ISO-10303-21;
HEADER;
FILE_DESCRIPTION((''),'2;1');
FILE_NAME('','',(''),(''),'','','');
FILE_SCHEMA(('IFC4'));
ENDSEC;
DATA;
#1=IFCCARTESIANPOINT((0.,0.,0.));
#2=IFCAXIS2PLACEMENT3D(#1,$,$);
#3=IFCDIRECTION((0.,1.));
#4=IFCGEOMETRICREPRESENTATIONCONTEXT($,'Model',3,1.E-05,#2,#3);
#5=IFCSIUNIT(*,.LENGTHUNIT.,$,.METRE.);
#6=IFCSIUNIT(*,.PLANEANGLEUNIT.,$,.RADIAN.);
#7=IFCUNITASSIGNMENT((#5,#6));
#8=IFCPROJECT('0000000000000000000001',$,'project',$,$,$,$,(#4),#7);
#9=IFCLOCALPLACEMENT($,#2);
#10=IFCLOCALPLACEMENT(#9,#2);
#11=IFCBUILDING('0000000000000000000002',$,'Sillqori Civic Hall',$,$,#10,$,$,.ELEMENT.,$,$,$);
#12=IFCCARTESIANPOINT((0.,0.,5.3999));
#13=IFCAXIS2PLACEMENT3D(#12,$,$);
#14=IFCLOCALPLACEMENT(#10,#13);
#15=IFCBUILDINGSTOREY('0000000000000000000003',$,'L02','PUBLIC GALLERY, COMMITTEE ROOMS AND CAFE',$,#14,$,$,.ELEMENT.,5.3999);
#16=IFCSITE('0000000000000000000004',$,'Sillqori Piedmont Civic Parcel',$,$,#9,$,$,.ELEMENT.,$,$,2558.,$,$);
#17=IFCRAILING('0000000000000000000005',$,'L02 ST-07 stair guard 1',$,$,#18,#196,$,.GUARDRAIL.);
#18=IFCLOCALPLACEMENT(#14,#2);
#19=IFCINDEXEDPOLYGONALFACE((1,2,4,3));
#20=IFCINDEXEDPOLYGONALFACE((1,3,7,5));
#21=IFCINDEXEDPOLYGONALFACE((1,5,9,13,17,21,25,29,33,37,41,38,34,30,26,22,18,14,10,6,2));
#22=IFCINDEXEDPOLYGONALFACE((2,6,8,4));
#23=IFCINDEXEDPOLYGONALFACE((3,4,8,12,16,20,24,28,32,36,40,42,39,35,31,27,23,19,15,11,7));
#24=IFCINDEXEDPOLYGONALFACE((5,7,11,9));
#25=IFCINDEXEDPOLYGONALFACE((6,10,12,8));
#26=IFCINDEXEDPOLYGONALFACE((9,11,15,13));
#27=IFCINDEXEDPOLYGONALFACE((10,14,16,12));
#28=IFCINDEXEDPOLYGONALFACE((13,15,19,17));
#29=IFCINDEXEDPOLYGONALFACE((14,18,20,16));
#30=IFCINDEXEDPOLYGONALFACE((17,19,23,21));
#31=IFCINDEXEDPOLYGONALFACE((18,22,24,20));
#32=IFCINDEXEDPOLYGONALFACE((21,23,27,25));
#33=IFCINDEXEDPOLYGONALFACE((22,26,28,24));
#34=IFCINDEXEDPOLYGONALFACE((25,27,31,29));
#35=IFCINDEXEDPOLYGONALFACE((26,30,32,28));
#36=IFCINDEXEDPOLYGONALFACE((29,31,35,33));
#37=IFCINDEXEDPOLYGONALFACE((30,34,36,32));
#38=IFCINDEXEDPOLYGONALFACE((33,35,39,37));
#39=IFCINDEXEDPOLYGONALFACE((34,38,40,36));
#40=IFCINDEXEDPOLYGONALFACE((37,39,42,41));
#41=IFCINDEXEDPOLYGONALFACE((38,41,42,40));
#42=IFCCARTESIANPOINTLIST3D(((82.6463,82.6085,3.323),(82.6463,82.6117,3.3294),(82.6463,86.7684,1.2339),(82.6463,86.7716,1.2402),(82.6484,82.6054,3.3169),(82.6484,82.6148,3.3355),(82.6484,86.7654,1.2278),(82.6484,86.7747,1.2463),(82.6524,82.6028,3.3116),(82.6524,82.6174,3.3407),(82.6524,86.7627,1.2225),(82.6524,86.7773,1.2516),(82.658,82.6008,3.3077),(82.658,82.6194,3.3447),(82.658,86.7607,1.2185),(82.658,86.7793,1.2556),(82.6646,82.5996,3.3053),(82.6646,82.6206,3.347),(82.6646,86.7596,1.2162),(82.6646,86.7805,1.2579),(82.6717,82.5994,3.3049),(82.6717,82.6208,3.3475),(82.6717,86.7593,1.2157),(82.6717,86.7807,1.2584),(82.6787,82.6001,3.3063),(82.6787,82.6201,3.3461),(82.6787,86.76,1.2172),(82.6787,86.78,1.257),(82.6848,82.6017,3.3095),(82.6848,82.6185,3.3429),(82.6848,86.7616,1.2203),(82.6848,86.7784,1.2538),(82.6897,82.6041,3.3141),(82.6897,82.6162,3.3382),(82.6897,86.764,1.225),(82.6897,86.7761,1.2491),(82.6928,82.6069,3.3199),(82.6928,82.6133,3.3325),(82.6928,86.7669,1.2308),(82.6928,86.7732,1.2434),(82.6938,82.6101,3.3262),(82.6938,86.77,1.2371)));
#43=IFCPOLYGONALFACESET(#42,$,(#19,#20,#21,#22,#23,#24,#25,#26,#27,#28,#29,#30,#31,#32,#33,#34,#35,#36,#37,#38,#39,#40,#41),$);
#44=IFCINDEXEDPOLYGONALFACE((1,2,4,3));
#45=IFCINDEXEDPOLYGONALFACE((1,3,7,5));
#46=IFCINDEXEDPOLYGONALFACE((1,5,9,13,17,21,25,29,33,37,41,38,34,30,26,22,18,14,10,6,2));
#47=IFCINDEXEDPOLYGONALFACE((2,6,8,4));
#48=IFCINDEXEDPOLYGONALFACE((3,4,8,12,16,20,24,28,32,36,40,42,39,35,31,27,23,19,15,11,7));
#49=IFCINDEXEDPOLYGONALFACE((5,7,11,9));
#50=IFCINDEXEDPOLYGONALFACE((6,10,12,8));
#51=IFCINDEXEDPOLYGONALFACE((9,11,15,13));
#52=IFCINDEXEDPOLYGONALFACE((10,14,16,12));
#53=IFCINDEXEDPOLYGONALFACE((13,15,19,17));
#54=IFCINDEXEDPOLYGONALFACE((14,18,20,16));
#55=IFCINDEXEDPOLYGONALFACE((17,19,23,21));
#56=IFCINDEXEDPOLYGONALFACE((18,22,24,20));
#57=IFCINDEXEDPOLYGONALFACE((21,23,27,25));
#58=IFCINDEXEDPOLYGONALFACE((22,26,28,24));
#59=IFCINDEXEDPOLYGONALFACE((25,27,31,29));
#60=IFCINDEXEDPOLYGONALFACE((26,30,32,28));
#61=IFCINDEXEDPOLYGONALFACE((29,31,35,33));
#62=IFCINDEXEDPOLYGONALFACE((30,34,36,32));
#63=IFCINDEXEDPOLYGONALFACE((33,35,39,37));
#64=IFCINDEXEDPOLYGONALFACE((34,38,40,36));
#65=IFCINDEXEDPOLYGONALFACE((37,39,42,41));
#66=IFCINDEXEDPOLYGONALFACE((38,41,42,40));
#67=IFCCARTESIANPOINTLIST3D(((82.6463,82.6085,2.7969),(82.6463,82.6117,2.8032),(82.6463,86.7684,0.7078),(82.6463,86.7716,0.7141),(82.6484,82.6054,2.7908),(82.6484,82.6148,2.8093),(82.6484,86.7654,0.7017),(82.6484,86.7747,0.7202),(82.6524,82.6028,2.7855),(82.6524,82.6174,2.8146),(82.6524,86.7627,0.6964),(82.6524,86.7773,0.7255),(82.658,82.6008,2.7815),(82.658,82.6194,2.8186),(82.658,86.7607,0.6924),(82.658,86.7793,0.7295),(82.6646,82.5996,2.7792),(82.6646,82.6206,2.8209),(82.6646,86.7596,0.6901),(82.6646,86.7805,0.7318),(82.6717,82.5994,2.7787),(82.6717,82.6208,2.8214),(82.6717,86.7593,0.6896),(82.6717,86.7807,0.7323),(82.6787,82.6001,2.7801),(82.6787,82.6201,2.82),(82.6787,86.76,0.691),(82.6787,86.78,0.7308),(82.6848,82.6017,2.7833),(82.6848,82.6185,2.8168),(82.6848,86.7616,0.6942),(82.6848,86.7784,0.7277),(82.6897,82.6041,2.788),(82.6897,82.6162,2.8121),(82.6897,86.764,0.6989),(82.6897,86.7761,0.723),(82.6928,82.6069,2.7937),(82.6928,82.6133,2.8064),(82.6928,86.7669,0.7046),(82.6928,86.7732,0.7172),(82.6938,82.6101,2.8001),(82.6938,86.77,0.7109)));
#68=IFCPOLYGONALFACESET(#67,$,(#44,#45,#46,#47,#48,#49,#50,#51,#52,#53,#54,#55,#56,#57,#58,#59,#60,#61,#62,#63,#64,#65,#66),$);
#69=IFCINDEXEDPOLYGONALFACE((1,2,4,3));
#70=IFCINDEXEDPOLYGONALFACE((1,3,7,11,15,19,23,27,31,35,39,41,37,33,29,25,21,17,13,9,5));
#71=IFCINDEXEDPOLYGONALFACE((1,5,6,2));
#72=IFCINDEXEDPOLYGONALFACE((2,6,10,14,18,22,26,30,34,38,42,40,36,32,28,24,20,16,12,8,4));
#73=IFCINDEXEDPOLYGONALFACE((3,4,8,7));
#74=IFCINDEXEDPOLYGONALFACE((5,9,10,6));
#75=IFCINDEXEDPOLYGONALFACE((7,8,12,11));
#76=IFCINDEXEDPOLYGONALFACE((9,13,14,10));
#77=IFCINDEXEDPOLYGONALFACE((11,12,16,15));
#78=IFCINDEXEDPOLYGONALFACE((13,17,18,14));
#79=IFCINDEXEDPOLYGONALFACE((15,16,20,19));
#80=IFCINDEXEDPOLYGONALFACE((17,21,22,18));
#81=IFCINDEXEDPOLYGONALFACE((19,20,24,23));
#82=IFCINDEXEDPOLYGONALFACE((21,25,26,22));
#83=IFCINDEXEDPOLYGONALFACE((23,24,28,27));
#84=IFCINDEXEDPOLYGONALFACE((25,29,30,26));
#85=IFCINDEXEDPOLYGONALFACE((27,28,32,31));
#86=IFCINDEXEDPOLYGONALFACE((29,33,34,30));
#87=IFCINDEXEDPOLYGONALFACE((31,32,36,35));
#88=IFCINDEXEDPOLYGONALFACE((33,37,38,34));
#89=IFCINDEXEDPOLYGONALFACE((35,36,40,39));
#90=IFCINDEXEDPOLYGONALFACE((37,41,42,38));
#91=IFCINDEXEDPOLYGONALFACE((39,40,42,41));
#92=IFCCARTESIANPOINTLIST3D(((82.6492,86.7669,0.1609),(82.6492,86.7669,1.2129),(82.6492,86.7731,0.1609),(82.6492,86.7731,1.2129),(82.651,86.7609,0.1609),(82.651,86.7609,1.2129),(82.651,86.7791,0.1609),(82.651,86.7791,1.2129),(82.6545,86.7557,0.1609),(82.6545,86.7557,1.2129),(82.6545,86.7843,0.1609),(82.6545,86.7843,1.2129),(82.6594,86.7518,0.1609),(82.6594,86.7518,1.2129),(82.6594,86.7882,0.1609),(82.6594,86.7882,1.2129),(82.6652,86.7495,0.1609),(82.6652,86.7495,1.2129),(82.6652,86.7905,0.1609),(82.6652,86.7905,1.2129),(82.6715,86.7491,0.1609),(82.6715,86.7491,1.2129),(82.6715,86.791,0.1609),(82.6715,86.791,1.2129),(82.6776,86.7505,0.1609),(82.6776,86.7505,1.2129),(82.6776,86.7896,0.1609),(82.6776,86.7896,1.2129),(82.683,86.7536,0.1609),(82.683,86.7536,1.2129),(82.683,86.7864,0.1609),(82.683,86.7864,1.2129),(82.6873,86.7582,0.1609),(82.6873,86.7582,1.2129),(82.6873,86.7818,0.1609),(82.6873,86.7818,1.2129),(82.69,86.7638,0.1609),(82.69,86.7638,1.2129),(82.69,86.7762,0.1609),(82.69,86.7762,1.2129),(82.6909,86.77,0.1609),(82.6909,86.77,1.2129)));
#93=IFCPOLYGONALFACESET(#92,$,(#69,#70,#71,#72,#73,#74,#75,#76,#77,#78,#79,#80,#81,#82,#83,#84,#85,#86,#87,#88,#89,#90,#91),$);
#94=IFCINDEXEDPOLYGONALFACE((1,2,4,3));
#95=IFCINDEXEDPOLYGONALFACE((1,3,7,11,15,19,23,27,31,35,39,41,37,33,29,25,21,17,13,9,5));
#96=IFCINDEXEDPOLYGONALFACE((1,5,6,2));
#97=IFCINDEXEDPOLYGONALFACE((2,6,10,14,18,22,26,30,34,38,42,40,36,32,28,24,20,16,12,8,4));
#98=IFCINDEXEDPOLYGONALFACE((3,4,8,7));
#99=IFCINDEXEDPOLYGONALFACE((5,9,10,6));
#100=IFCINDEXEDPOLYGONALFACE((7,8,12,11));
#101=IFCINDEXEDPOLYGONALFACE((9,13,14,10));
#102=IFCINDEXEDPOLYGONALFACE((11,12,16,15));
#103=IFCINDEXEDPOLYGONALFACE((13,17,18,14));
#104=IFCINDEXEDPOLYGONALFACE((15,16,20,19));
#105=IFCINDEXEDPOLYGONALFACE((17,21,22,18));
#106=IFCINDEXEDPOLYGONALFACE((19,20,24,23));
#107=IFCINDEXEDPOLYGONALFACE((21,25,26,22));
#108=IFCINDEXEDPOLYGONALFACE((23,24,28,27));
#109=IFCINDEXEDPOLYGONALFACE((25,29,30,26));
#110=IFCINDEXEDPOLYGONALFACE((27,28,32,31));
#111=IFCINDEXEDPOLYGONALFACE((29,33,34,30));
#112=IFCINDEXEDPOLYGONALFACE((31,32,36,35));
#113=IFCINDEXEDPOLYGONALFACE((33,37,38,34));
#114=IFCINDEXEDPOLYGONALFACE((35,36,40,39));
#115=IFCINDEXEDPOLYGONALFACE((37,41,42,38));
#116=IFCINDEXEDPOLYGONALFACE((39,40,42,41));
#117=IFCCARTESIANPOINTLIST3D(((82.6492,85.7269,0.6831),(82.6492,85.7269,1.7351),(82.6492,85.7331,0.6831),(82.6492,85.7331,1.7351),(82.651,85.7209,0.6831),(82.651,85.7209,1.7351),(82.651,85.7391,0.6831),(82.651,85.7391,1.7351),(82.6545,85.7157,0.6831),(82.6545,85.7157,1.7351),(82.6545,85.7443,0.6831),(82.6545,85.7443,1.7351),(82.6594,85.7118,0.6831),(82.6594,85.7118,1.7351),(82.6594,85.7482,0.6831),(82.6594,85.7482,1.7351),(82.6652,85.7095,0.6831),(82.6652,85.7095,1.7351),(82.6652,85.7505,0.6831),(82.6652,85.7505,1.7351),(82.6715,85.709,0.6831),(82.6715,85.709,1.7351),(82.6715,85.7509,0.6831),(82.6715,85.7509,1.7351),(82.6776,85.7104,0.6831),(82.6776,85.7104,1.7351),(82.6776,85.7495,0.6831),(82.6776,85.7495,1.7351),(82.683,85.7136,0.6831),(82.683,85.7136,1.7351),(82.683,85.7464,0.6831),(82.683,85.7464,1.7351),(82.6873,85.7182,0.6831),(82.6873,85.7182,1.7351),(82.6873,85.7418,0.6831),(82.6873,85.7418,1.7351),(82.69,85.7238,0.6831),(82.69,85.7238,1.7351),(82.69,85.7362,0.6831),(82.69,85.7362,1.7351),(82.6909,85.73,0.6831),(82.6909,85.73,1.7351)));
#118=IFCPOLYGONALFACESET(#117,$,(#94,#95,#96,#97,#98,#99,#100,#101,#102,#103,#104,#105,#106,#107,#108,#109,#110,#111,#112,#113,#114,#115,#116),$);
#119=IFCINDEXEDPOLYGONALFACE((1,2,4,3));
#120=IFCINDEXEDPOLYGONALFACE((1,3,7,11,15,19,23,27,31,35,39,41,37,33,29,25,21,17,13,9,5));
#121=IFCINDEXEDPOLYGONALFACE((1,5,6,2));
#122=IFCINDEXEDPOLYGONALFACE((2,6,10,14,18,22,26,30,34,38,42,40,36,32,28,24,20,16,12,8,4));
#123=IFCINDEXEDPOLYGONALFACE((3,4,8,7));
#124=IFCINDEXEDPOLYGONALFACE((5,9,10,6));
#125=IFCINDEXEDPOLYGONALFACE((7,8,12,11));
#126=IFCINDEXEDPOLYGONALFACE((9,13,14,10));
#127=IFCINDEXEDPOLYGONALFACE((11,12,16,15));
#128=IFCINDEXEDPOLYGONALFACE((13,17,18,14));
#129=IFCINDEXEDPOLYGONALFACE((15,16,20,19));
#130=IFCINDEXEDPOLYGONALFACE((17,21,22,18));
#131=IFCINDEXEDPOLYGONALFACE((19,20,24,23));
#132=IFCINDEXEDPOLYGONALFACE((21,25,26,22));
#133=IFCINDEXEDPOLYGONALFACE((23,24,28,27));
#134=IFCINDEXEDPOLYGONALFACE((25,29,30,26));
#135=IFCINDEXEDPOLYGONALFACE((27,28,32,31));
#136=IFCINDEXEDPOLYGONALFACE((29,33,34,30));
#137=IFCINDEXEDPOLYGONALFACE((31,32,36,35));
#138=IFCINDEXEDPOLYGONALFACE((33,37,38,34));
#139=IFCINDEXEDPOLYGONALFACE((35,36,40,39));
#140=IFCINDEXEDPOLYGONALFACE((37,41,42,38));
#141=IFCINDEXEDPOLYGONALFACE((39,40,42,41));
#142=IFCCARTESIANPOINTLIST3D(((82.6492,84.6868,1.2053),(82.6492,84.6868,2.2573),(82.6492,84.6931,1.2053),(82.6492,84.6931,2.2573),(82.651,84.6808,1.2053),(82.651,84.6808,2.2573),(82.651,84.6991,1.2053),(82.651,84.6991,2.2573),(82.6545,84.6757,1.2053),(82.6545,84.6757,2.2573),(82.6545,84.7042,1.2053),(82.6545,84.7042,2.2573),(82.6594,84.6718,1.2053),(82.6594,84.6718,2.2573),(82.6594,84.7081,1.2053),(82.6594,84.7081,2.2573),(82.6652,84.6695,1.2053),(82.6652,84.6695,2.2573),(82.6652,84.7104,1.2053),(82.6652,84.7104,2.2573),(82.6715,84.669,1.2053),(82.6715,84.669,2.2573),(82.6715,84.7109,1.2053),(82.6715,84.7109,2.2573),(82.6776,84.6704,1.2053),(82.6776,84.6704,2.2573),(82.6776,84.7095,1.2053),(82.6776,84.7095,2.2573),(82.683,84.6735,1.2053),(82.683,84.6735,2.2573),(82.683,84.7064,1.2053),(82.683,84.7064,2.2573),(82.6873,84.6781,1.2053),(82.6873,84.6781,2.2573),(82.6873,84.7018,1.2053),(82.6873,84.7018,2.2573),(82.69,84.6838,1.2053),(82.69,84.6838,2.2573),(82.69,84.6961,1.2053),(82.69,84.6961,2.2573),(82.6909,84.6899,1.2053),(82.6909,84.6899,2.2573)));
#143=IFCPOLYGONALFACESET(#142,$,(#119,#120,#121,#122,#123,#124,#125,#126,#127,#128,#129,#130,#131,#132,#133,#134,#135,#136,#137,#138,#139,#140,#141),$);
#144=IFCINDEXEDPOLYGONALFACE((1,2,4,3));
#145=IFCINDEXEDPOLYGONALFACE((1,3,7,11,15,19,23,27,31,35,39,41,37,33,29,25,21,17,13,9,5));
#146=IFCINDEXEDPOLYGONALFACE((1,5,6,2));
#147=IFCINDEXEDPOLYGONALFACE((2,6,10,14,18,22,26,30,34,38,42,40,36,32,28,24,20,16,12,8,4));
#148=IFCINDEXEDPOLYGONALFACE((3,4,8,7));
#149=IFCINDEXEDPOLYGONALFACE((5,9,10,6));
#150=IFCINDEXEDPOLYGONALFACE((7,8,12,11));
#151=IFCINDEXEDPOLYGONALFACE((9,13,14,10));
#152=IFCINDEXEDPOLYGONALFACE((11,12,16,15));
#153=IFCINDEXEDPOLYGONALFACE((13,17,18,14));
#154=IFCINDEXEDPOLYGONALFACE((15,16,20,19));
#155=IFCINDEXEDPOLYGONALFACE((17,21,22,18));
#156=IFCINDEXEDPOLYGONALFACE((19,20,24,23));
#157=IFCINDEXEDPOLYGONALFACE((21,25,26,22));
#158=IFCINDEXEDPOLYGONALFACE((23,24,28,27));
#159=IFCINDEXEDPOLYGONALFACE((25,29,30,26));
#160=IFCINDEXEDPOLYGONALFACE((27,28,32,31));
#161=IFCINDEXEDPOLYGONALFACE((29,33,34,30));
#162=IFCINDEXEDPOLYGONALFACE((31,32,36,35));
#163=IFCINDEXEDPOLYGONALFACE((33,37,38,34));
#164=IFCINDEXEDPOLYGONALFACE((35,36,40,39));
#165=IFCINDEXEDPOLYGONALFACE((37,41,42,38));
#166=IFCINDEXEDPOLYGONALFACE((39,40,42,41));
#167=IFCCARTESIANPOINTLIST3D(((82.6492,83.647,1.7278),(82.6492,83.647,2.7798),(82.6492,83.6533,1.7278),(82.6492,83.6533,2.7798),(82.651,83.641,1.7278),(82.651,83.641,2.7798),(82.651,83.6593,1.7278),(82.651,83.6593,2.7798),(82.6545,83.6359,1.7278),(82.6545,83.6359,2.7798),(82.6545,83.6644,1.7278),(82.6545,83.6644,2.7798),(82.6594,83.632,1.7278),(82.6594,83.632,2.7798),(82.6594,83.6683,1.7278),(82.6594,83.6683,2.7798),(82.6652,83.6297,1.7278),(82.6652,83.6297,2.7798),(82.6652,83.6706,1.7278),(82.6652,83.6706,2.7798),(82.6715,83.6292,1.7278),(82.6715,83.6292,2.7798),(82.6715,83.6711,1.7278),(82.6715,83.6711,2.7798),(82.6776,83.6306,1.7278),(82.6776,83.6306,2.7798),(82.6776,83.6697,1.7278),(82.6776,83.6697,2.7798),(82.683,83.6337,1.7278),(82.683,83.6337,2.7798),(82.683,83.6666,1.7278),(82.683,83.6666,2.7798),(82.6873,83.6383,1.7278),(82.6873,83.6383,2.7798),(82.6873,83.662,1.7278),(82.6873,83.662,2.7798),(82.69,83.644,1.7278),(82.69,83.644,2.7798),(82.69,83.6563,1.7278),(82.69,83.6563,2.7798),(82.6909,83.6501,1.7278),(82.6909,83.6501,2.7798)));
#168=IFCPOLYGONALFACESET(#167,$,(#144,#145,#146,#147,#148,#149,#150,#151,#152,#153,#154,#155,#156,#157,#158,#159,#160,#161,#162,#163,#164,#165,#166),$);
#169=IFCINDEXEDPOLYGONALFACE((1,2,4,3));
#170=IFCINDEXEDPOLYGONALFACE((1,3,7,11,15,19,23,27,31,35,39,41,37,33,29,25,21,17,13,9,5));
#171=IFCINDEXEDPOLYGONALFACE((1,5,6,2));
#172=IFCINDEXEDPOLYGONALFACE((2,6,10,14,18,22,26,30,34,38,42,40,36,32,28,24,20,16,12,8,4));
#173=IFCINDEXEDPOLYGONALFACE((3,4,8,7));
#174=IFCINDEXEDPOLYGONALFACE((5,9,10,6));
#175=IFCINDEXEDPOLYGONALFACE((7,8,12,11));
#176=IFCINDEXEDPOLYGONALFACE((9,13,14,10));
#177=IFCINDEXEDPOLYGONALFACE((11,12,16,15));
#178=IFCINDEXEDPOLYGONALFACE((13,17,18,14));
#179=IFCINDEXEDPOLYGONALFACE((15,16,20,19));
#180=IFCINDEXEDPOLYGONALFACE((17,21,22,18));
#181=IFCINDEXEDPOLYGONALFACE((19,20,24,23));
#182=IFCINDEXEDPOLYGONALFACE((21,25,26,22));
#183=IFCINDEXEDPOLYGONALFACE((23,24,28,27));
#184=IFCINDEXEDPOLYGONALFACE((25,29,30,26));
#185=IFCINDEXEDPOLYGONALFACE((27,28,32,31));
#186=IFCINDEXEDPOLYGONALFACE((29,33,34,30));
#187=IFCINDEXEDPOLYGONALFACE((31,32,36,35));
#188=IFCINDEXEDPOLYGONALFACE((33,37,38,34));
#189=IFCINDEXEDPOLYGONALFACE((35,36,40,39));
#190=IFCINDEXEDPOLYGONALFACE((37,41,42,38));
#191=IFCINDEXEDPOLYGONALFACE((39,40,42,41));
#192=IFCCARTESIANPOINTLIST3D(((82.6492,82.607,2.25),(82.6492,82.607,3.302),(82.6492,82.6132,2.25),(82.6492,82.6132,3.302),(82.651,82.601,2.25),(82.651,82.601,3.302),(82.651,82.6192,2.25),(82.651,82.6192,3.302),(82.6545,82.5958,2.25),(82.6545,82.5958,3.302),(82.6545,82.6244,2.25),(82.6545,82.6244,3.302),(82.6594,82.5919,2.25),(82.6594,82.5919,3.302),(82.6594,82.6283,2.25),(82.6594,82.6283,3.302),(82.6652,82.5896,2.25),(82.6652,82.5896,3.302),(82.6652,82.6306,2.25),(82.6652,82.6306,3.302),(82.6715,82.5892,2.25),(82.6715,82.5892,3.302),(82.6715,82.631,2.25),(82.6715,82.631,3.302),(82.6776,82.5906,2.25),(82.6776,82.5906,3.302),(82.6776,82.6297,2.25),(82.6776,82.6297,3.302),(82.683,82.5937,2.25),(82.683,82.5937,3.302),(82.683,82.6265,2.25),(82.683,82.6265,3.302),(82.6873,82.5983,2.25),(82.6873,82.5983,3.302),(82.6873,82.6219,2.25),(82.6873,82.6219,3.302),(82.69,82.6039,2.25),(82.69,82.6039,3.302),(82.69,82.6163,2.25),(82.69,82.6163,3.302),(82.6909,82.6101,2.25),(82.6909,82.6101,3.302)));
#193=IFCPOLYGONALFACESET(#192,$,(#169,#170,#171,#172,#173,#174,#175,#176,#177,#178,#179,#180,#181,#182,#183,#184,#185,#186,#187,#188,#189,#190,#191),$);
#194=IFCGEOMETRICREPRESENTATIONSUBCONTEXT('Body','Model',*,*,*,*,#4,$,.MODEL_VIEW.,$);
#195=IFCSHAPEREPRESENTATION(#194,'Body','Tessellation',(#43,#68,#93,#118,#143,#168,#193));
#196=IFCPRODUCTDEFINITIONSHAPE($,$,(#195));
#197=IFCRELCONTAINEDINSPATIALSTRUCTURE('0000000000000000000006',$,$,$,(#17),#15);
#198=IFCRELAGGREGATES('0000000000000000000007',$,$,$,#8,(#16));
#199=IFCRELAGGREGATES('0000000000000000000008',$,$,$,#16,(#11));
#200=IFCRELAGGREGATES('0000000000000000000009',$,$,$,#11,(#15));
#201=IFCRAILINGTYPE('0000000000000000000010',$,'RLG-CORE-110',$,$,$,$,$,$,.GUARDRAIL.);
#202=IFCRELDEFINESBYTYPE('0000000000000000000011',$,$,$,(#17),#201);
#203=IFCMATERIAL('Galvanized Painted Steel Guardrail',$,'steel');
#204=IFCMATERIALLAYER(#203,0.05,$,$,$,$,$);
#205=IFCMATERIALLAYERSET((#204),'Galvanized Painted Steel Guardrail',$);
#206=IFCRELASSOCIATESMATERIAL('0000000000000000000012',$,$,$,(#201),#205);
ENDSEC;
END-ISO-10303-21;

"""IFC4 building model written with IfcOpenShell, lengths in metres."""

from ifc_helpers import new_model, si_unit, direction, frame, origin, origin_2d, place, context, subcontext, project, spatial, circle, extrude, material, layer, layer_set, type_object, element, save


model = new_model("IFC4")

# Units and contexts
model_context = context("Model", 3, precision=1e-05, world=origin(), true_north=direction((0.0, 1.0)))
body_context = subcontext(model_context, "Body", "Model", "MODEL_VIEW")
ifc_project = project(units=[si_unit("LENGTHUNIT", "METRE"), si_unit("PLANEANGLEUNIT", "RADIAN")], contexts=[model_context])

# Site, building, storey
site_placement = place(None, origin())
site = spatial("IfcSite", under=ifc_project, at=site_placement, Name="Sillqori Piedmont Civic Parcel", CompositionType="ELEMENT", RefElevation=2558.0)
building_placement = place(site_placement, origin())
building = spatial("IfcBuilding", under=site, at=building_placement, Name="Sillqori Civic Hall", CompositionType="ELEMENT")
storey_placement = place(building_placement, frame((0.0, 0.0, 5.3999)))
storey = spatial("IfcBuildingStorey", under=building, at=storey_placement, Name="L02", Description="PUBLIC GALLERY, COMMITTEE ROOMS AND CAFE", CompositionType="ELEMENT", Elevation=5.3999)

# Railing
ifc_material_1 = material(Name="Galvanized Painted Steel Guardrail", Category="steel")
ifc_layer_1 = layer(ifc_material_1, 0.05)
ifc_layer_set_1 = layer_set([ifc_layer_1], Name="Galvanized Painted Steel Guardrail")
railing_type_1 = type_object("IfcRailingType", Name="RLG-CORE-110", PredefinedType="GUARDRAIL", material=ifc_layer_set_1)
railing_1_placement = place(storey_placement, frame((82.6699, 86.77, 0.1609)))
element("IfcRailing", 1, at=railing_1_placement, inside=storey, type_object=railing_type_1, Name="L02 ST-07 stair guard 1", PredefinedType="GUARDRAIL", context=body_context, shape_type="SweptSolid", body=[
    extrude(circle(Radius=0.0239, at=origin_2d()), frame((0.0, 0.0, 1.0762), z_axis=(0.0, -0.893639, 0.448786), x_axis=(1.0, 0.0, 0.0)), (0.0, 0.0, 1.0), 4.655),
    extrude(circle(Radius=0.0239, at=origin_2d()), frame((0.0, 0.0, 0.55), z_axis=(0.0, -0.893639, 0.448786), x_axis=(1.0, 0.0, 0.0)), (0.0, 0.0, 1.0), 4.655),
    extrude(circle(Radius=0.021, at=origin_2d()), origin(), (0.0, 0.0, 1.0), 1.052),
    extrude(circle(Radius=0.021, at=origin_2d()), frame((0.0, -1.04, 0.5222)), (0.0, 0.0, 1.0), 1.052),
    extrude(circle(Radius=0.021, at=origin_2d()), frame((0.0, -2.0801, 1.0444)), (0.0, 0.0, 1.0), 1.052),
    extrude(circle(Radius=0.021, at=origin_2d()), frame((0.0, -3.1199, 1.5669)), (0.0, 0.0, 1.0), 1.052),
    extrude(circle(Radius=0.021, at=origin_2d()), frame((0.0, -4.1599, 2.0891)), (0.0, 0.0, 1.0), 1.052),
])

save(model, "model.ifc")
